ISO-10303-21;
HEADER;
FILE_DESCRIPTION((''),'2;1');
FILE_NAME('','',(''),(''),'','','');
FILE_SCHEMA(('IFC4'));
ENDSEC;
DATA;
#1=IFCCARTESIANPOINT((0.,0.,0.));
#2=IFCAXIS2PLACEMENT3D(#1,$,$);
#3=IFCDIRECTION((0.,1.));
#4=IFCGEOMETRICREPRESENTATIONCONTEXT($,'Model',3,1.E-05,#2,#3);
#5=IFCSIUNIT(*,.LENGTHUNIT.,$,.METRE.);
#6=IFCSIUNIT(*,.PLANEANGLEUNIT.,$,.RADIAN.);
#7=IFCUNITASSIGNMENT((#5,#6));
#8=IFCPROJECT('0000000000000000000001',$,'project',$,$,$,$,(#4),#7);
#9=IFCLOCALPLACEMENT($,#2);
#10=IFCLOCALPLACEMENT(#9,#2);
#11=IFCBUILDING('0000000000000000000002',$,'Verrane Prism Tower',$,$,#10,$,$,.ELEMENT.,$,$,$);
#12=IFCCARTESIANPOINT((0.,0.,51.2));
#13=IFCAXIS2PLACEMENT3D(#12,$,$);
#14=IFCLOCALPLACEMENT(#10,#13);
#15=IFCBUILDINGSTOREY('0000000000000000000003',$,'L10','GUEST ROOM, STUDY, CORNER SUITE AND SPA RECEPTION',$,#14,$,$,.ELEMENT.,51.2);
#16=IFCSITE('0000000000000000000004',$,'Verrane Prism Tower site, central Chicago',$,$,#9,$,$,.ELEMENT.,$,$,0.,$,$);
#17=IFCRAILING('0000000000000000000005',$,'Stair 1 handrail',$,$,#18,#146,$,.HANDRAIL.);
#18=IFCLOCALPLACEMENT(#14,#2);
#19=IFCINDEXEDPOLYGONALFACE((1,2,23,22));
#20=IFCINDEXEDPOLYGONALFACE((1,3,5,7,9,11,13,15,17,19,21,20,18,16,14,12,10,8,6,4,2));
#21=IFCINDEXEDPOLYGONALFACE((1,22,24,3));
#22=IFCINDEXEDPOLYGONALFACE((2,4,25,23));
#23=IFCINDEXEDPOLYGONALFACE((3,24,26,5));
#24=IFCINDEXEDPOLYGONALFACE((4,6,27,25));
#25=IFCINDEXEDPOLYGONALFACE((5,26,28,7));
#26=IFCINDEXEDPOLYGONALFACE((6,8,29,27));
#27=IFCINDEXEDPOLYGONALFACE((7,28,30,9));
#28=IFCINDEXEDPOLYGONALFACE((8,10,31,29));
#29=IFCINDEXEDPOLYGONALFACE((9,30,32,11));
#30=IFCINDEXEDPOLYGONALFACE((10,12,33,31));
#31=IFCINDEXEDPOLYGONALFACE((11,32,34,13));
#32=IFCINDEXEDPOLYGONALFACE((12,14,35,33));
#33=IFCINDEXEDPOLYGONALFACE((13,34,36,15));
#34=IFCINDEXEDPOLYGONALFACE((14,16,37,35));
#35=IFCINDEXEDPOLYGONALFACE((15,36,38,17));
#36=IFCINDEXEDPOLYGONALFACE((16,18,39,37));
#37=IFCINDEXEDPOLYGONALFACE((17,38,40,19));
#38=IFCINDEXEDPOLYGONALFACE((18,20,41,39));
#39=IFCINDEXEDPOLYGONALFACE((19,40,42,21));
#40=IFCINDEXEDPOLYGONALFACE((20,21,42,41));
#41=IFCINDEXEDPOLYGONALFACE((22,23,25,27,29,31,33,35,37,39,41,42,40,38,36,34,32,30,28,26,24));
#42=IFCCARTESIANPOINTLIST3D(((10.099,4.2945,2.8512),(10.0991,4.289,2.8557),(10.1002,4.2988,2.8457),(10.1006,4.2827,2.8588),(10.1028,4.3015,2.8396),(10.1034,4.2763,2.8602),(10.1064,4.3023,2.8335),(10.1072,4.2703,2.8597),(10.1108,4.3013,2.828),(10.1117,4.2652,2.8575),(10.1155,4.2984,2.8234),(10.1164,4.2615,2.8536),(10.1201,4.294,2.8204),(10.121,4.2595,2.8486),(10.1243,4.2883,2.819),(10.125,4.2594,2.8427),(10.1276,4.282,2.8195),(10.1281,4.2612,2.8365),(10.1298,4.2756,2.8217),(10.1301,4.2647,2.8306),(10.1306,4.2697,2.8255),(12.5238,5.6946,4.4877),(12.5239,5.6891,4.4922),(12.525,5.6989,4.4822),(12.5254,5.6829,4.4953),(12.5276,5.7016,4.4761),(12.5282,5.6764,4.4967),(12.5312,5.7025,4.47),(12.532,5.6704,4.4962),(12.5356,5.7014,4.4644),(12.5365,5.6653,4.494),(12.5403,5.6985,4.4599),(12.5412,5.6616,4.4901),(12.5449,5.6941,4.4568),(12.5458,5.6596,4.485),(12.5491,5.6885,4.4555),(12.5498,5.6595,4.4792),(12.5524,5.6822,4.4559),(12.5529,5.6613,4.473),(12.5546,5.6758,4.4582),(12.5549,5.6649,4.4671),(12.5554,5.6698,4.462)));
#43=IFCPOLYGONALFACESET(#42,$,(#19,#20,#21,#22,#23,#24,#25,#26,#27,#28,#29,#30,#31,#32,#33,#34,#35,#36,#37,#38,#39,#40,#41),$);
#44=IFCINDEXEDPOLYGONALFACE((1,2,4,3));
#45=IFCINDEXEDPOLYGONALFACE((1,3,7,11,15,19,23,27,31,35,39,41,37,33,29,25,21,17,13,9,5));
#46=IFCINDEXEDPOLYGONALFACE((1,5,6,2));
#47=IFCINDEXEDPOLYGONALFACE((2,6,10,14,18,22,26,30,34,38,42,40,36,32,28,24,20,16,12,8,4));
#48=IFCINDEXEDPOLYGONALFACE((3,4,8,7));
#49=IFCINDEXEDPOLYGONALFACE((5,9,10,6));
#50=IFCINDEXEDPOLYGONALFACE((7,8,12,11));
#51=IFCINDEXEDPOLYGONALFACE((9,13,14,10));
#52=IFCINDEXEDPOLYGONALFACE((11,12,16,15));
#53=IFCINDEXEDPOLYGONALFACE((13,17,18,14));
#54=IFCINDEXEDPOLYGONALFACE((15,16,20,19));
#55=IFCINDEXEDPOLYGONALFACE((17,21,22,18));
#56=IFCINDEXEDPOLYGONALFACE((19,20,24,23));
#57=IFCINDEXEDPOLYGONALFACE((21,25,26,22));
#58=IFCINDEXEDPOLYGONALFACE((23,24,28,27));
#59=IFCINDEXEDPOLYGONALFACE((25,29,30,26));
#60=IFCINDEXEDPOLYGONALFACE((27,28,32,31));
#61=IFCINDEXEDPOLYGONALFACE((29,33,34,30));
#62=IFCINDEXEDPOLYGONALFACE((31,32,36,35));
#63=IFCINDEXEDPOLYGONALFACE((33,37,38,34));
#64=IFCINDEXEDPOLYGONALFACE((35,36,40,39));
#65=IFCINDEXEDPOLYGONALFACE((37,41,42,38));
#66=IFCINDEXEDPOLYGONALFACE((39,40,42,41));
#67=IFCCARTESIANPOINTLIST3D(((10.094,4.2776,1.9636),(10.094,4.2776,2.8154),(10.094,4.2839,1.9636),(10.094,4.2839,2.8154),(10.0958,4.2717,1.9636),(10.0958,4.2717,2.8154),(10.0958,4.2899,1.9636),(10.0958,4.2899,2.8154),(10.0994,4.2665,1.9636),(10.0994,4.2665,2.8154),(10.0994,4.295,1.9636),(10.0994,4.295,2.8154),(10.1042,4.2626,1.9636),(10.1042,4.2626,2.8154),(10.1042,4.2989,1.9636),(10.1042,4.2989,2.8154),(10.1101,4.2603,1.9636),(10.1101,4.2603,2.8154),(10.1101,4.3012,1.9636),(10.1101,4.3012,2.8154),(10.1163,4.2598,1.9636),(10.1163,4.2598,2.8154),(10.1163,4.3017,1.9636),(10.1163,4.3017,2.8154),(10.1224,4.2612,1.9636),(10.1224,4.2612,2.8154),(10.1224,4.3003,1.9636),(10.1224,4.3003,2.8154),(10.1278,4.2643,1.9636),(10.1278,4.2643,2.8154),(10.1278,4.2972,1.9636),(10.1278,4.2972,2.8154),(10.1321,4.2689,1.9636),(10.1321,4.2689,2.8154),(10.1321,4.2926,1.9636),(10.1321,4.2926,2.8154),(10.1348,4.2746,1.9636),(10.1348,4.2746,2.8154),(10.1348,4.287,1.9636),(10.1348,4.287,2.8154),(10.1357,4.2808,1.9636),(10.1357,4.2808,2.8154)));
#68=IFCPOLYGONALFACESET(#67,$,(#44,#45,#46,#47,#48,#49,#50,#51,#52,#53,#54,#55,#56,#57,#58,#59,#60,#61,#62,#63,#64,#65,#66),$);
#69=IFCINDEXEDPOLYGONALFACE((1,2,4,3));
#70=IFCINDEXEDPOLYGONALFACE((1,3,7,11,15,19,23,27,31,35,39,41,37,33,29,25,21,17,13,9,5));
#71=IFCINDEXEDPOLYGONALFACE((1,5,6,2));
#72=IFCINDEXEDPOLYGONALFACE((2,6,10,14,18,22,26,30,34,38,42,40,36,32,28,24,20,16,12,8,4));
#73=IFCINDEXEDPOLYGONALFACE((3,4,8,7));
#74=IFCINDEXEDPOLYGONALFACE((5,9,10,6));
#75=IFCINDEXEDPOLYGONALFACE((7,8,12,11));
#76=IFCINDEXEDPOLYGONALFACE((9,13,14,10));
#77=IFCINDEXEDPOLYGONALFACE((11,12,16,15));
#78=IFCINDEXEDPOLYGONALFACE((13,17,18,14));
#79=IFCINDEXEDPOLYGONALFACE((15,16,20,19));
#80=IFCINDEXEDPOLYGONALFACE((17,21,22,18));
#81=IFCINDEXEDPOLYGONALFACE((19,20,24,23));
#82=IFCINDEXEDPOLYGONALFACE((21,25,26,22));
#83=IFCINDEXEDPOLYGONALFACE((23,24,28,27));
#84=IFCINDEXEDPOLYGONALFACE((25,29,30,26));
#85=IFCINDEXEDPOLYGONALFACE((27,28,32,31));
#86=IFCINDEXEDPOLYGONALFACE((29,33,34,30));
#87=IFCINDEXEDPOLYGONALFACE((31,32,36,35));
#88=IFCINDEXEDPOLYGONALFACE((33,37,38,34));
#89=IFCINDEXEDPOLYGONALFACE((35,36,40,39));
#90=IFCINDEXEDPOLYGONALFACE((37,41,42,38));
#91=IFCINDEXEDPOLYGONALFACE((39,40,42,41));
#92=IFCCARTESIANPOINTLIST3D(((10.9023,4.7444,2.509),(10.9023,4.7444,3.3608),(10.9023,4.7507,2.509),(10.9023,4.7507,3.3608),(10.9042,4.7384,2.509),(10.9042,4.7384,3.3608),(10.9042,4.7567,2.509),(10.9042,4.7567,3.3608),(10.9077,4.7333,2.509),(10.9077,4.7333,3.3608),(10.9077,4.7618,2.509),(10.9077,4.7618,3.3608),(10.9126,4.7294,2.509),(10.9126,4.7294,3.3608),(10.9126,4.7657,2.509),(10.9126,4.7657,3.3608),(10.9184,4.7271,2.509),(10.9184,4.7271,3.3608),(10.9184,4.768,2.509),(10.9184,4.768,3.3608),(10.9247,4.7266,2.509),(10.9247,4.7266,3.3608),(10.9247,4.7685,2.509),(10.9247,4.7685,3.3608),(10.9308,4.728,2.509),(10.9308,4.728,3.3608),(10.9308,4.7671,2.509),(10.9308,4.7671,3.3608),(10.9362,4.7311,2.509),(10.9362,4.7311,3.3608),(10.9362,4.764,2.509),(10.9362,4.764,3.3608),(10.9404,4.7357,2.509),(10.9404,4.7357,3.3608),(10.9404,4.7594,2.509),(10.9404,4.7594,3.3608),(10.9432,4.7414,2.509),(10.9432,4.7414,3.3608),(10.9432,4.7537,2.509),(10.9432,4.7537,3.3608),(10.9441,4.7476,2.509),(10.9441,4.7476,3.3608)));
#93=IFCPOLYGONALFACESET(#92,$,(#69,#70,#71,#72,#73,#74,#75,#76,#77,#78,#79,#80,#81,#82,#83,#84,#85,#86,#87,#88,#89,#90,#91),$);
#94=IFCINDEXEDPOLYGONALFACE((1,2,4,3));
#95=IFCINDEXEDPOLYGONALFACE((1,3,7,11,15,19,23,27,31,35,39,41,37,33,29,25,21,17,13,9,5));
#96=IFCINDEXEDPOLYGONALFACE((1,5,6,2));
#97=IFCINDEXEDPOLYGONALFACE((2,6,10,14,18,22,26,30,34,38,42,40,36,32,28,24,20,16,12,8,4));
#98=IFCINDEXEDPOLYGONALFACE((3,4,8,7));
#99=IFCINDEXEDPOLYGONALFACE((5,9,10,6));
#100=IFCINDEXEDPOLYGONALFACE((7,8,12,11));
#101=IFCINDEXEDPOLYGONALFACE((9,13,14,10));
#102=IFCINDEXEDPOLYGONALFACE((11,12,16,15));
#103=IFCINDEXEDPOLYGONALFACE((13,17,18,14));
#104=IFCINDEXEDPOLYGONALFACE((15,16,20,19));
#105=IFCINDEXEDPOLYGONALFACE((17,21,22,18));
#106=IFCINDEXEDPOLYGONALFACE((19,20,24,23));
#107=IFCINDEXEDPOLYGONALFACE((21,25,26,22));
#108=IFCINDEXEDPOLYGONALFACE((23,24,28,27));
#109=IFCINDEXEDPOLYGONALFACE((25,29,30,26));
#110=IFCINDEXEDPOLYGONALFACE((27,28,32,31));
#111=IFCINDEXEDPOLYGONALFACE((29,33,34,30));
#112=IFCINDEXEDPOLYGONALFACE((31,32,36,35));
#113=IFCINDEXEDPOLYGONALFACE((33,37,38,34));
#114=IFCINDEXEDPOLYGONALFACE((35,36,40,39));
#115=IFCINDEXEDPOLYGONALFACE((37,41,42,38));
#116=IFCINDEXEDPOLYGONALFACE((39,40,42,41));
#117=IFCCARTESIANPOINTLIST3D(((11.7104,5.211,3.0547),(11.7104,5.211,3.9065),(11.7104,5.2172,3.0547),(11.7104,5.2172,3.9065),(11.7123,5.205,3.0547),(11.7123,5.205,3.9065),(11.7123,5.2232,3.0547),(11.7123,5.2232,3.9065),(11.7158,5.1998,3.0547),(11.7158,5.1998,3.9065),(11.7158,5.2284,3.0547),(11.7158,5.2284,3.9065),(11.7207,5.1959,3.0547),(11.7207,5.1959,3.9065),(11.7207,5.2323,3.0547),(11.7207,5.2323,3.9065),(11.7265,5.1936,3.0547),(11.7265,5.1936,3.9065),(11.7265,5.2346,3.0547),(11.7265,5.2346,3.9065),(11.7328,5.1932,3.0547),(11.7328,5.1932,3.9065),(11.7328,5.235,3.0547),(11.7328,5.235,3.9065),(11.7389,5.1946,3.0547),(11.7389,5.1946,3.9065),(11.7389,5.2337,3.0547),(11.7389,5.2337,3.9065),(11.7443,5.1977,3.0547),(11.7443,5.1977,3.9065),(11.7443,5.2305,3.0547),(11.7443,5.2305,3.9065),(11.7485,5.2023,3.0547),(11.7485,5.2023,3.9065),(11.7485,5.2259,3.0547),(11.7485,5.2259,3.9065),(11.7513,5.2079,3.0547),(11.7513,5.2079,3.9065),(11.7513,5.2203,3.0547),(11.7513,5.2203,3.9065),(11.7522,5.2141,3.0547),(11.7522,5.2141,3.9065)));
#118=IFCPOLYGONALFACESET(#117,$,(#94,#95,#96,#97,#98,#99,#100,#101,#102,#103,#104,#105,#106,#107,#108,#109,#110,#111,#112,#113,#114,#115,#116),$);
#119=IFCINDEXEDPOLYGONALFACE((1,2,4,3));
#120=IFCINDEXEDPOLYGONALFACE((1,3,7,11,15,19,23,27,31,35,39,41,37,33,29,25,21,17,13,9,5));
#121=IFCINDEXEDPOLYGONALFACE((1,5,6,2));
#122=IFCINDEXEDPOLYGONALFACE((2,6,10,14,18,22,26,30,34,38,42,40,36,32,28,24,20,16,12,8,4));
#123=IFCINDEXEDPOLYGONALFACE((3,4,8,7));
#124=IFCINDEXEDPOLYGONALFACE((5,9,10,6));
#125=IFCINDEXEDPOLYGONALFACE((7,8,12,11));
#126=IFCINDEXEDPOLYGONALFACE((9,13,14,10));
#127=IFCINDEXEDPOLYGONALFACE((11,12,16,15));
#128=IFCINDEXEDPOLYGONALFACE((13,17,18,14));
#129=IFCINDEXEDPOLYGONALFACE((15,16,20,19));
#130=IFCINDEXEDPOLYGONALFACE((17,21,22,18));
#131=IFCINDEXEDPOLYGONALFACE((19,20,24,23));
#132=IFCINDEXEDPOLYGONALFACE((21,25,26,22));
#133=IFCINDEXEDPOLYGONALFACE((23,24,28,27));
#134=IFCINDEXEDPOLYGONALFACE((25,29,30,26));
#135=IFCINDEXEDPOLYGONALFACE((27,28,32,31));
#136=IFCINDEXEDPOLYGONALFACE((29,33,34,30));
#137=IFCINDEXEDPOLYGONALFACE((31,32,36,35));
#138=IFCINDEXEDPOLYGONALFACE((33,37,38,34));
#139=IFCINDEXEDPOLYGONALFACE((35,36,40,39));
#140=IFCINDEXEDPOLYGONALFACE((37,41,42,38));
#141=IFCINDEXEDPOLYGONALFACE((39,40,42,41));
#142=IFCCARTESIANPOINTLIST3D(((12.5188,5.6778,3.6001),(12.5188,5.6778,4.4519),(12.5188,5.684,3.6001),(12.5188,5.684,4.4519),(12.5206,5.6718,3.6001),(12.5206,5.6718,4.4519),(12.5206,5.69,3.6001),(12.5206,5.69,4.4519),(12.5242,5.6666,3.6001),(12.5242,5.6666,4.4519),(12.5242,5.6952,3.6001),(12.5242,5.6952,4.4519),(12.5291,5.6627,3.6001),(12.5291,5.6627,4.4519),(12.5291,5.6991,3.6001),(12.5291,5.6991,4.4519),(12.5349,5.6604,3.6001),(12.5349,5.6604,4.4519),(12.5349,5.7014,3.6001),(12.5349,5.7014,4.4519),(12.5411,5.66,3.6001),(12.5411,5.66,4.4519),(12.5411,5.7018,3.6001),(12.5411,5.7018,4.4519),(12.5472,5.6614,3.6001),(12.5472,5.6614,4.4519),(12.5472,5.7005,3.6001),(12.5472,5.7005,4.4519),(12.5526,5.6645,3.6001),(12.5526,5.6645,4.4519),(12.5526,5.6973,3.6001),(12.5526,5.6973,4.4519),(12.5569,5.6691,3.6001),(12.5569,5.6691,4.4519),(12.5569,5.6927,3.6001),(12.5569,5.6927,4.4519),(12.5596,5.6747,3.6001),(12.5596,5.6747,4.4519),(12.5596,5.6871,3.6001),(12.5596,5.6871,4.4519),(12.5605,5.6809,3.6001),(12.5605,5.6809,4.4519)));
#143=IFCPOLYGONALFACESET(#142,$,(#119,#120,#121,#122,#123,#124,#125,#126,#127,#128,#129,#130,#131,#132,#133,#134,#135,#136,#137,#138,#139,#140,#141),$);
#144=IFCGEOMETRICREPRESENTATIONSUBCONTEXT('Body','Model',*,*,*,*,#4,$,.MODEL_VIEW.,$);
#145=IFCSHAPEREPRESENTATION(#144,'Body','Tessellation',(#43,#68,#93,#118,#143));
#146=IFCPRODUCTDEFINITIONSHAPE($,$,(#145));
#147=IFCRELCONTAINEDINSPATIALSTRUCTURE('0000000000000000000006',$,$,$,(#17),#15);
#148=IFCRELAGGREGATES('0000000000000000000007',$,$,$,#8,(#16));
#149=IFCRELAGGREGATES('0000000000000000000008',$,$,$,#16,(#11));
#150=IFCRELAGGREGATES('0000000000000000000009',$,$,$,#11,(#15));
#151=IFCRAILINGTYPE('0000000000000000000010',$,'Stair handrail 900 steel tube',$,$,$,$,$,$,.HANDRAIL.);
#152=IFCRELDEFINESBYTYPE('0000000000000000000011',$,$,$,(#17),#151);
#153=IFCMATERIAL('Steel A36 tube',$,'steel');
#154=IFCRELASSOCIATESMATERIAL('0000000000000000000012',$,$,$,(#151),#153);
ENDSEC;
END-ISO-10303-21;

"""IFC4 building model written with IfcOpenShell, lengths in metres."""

from ifc_helpers import new_model, si_unit, direction, frame, origin, origin_2d, place, context, subcontext, project, spatial, circle, extrude, material, type_object, element, save


model = new_model("IFC4")

# Units and contexts
model_context = context("Model", 3, precision=1e-05, world=origin(), true_north=direction((0.0, 1.0)))
body_context = subcontext(model_context, "Body", "Model", "MODEL_VIEW")
ifc_project = project(units=[si_unit("LENGTHUNIT", "METRE"), si_unit("PLANEANGLEUNIT", "RADIAN")], contexts=[model_context])

# Site, building, storey
site_placement = place(None, origin())
site = spatial("IfcSite", under=ifc_project, at=site_placement, Name="Verrane Prism Tower site, central Chicago", CompositionType="ELEMENT", RefElevation=0.0)
building_placement = place(site_placement, origin())
building = spatial("IfcBuilding", under=site, at=building_placement, Name="Verrane Prism Tower", CompositionType="ELEMENT")
storey_placement = place(building_placement, frame((0.0, 0.0, 51.2)))
storey = spatial("IfcBuildingStorey", under=building, at=storey_placement, Name="L10", Description="GUEST ROOM, STUDY, CORNER SUITE AND SPA RECEPTION", CompositionType="ELEMENT", Elevation=51.2)

# Railing
ifc_material_1 = material(Name="Steel A36 tube", Category="steel")
railing_type_1 = type_object("IfcRailingType", Name="Stair handrail 900 steel tube", PredefinedType="HANDRAIL", material=ifc_material_1)
railing_1_placement = place(storey_placement, frame((10.1147, 4.2808, 1.9636)))
element("IfcRailing", 1, at=railing_1_placement, inside=storey, type_object=railing_type_1, Name="Stair 1 handrail", PredefinedType="HANDRAIL", context=body_context, shape_type="SweptSolid", body=[
    extrude(circle(Radius=0.0239, at=origin_2d()), frame((0.0, 0.0, 0.876), z_axis=(0.747666, 0.431722, 0.504591), x_axis=(-0.50005, 0.865997, 0.0)), (0.0, 0.0, 1.0), 3.2432),
    extrude(circle(Radius=0.021, at=origin_2d()), origin(), (0.0, 0.0, 1.0), 0.8518),
    extrude(circle(Radius=0.021, at=origin_2d()), frame((0.8083, 0.4668, 0.5454)), (0.0, 0.0, 1.0), 0.8518),
    extrude(circle(Radius=0.021, at=origin_2d()), frame((1.6165, 0.9333, 1.0911)), (0.0, 0.0, 1.0), 0.8518),
    extrude(circle(Radius=0.021, at=origin_2d()), frame((2.4248, 1.4001, 1.6365)), (0.0, 0.0, 1.0), 0.8518),
])

save(model, "model.ifc")
